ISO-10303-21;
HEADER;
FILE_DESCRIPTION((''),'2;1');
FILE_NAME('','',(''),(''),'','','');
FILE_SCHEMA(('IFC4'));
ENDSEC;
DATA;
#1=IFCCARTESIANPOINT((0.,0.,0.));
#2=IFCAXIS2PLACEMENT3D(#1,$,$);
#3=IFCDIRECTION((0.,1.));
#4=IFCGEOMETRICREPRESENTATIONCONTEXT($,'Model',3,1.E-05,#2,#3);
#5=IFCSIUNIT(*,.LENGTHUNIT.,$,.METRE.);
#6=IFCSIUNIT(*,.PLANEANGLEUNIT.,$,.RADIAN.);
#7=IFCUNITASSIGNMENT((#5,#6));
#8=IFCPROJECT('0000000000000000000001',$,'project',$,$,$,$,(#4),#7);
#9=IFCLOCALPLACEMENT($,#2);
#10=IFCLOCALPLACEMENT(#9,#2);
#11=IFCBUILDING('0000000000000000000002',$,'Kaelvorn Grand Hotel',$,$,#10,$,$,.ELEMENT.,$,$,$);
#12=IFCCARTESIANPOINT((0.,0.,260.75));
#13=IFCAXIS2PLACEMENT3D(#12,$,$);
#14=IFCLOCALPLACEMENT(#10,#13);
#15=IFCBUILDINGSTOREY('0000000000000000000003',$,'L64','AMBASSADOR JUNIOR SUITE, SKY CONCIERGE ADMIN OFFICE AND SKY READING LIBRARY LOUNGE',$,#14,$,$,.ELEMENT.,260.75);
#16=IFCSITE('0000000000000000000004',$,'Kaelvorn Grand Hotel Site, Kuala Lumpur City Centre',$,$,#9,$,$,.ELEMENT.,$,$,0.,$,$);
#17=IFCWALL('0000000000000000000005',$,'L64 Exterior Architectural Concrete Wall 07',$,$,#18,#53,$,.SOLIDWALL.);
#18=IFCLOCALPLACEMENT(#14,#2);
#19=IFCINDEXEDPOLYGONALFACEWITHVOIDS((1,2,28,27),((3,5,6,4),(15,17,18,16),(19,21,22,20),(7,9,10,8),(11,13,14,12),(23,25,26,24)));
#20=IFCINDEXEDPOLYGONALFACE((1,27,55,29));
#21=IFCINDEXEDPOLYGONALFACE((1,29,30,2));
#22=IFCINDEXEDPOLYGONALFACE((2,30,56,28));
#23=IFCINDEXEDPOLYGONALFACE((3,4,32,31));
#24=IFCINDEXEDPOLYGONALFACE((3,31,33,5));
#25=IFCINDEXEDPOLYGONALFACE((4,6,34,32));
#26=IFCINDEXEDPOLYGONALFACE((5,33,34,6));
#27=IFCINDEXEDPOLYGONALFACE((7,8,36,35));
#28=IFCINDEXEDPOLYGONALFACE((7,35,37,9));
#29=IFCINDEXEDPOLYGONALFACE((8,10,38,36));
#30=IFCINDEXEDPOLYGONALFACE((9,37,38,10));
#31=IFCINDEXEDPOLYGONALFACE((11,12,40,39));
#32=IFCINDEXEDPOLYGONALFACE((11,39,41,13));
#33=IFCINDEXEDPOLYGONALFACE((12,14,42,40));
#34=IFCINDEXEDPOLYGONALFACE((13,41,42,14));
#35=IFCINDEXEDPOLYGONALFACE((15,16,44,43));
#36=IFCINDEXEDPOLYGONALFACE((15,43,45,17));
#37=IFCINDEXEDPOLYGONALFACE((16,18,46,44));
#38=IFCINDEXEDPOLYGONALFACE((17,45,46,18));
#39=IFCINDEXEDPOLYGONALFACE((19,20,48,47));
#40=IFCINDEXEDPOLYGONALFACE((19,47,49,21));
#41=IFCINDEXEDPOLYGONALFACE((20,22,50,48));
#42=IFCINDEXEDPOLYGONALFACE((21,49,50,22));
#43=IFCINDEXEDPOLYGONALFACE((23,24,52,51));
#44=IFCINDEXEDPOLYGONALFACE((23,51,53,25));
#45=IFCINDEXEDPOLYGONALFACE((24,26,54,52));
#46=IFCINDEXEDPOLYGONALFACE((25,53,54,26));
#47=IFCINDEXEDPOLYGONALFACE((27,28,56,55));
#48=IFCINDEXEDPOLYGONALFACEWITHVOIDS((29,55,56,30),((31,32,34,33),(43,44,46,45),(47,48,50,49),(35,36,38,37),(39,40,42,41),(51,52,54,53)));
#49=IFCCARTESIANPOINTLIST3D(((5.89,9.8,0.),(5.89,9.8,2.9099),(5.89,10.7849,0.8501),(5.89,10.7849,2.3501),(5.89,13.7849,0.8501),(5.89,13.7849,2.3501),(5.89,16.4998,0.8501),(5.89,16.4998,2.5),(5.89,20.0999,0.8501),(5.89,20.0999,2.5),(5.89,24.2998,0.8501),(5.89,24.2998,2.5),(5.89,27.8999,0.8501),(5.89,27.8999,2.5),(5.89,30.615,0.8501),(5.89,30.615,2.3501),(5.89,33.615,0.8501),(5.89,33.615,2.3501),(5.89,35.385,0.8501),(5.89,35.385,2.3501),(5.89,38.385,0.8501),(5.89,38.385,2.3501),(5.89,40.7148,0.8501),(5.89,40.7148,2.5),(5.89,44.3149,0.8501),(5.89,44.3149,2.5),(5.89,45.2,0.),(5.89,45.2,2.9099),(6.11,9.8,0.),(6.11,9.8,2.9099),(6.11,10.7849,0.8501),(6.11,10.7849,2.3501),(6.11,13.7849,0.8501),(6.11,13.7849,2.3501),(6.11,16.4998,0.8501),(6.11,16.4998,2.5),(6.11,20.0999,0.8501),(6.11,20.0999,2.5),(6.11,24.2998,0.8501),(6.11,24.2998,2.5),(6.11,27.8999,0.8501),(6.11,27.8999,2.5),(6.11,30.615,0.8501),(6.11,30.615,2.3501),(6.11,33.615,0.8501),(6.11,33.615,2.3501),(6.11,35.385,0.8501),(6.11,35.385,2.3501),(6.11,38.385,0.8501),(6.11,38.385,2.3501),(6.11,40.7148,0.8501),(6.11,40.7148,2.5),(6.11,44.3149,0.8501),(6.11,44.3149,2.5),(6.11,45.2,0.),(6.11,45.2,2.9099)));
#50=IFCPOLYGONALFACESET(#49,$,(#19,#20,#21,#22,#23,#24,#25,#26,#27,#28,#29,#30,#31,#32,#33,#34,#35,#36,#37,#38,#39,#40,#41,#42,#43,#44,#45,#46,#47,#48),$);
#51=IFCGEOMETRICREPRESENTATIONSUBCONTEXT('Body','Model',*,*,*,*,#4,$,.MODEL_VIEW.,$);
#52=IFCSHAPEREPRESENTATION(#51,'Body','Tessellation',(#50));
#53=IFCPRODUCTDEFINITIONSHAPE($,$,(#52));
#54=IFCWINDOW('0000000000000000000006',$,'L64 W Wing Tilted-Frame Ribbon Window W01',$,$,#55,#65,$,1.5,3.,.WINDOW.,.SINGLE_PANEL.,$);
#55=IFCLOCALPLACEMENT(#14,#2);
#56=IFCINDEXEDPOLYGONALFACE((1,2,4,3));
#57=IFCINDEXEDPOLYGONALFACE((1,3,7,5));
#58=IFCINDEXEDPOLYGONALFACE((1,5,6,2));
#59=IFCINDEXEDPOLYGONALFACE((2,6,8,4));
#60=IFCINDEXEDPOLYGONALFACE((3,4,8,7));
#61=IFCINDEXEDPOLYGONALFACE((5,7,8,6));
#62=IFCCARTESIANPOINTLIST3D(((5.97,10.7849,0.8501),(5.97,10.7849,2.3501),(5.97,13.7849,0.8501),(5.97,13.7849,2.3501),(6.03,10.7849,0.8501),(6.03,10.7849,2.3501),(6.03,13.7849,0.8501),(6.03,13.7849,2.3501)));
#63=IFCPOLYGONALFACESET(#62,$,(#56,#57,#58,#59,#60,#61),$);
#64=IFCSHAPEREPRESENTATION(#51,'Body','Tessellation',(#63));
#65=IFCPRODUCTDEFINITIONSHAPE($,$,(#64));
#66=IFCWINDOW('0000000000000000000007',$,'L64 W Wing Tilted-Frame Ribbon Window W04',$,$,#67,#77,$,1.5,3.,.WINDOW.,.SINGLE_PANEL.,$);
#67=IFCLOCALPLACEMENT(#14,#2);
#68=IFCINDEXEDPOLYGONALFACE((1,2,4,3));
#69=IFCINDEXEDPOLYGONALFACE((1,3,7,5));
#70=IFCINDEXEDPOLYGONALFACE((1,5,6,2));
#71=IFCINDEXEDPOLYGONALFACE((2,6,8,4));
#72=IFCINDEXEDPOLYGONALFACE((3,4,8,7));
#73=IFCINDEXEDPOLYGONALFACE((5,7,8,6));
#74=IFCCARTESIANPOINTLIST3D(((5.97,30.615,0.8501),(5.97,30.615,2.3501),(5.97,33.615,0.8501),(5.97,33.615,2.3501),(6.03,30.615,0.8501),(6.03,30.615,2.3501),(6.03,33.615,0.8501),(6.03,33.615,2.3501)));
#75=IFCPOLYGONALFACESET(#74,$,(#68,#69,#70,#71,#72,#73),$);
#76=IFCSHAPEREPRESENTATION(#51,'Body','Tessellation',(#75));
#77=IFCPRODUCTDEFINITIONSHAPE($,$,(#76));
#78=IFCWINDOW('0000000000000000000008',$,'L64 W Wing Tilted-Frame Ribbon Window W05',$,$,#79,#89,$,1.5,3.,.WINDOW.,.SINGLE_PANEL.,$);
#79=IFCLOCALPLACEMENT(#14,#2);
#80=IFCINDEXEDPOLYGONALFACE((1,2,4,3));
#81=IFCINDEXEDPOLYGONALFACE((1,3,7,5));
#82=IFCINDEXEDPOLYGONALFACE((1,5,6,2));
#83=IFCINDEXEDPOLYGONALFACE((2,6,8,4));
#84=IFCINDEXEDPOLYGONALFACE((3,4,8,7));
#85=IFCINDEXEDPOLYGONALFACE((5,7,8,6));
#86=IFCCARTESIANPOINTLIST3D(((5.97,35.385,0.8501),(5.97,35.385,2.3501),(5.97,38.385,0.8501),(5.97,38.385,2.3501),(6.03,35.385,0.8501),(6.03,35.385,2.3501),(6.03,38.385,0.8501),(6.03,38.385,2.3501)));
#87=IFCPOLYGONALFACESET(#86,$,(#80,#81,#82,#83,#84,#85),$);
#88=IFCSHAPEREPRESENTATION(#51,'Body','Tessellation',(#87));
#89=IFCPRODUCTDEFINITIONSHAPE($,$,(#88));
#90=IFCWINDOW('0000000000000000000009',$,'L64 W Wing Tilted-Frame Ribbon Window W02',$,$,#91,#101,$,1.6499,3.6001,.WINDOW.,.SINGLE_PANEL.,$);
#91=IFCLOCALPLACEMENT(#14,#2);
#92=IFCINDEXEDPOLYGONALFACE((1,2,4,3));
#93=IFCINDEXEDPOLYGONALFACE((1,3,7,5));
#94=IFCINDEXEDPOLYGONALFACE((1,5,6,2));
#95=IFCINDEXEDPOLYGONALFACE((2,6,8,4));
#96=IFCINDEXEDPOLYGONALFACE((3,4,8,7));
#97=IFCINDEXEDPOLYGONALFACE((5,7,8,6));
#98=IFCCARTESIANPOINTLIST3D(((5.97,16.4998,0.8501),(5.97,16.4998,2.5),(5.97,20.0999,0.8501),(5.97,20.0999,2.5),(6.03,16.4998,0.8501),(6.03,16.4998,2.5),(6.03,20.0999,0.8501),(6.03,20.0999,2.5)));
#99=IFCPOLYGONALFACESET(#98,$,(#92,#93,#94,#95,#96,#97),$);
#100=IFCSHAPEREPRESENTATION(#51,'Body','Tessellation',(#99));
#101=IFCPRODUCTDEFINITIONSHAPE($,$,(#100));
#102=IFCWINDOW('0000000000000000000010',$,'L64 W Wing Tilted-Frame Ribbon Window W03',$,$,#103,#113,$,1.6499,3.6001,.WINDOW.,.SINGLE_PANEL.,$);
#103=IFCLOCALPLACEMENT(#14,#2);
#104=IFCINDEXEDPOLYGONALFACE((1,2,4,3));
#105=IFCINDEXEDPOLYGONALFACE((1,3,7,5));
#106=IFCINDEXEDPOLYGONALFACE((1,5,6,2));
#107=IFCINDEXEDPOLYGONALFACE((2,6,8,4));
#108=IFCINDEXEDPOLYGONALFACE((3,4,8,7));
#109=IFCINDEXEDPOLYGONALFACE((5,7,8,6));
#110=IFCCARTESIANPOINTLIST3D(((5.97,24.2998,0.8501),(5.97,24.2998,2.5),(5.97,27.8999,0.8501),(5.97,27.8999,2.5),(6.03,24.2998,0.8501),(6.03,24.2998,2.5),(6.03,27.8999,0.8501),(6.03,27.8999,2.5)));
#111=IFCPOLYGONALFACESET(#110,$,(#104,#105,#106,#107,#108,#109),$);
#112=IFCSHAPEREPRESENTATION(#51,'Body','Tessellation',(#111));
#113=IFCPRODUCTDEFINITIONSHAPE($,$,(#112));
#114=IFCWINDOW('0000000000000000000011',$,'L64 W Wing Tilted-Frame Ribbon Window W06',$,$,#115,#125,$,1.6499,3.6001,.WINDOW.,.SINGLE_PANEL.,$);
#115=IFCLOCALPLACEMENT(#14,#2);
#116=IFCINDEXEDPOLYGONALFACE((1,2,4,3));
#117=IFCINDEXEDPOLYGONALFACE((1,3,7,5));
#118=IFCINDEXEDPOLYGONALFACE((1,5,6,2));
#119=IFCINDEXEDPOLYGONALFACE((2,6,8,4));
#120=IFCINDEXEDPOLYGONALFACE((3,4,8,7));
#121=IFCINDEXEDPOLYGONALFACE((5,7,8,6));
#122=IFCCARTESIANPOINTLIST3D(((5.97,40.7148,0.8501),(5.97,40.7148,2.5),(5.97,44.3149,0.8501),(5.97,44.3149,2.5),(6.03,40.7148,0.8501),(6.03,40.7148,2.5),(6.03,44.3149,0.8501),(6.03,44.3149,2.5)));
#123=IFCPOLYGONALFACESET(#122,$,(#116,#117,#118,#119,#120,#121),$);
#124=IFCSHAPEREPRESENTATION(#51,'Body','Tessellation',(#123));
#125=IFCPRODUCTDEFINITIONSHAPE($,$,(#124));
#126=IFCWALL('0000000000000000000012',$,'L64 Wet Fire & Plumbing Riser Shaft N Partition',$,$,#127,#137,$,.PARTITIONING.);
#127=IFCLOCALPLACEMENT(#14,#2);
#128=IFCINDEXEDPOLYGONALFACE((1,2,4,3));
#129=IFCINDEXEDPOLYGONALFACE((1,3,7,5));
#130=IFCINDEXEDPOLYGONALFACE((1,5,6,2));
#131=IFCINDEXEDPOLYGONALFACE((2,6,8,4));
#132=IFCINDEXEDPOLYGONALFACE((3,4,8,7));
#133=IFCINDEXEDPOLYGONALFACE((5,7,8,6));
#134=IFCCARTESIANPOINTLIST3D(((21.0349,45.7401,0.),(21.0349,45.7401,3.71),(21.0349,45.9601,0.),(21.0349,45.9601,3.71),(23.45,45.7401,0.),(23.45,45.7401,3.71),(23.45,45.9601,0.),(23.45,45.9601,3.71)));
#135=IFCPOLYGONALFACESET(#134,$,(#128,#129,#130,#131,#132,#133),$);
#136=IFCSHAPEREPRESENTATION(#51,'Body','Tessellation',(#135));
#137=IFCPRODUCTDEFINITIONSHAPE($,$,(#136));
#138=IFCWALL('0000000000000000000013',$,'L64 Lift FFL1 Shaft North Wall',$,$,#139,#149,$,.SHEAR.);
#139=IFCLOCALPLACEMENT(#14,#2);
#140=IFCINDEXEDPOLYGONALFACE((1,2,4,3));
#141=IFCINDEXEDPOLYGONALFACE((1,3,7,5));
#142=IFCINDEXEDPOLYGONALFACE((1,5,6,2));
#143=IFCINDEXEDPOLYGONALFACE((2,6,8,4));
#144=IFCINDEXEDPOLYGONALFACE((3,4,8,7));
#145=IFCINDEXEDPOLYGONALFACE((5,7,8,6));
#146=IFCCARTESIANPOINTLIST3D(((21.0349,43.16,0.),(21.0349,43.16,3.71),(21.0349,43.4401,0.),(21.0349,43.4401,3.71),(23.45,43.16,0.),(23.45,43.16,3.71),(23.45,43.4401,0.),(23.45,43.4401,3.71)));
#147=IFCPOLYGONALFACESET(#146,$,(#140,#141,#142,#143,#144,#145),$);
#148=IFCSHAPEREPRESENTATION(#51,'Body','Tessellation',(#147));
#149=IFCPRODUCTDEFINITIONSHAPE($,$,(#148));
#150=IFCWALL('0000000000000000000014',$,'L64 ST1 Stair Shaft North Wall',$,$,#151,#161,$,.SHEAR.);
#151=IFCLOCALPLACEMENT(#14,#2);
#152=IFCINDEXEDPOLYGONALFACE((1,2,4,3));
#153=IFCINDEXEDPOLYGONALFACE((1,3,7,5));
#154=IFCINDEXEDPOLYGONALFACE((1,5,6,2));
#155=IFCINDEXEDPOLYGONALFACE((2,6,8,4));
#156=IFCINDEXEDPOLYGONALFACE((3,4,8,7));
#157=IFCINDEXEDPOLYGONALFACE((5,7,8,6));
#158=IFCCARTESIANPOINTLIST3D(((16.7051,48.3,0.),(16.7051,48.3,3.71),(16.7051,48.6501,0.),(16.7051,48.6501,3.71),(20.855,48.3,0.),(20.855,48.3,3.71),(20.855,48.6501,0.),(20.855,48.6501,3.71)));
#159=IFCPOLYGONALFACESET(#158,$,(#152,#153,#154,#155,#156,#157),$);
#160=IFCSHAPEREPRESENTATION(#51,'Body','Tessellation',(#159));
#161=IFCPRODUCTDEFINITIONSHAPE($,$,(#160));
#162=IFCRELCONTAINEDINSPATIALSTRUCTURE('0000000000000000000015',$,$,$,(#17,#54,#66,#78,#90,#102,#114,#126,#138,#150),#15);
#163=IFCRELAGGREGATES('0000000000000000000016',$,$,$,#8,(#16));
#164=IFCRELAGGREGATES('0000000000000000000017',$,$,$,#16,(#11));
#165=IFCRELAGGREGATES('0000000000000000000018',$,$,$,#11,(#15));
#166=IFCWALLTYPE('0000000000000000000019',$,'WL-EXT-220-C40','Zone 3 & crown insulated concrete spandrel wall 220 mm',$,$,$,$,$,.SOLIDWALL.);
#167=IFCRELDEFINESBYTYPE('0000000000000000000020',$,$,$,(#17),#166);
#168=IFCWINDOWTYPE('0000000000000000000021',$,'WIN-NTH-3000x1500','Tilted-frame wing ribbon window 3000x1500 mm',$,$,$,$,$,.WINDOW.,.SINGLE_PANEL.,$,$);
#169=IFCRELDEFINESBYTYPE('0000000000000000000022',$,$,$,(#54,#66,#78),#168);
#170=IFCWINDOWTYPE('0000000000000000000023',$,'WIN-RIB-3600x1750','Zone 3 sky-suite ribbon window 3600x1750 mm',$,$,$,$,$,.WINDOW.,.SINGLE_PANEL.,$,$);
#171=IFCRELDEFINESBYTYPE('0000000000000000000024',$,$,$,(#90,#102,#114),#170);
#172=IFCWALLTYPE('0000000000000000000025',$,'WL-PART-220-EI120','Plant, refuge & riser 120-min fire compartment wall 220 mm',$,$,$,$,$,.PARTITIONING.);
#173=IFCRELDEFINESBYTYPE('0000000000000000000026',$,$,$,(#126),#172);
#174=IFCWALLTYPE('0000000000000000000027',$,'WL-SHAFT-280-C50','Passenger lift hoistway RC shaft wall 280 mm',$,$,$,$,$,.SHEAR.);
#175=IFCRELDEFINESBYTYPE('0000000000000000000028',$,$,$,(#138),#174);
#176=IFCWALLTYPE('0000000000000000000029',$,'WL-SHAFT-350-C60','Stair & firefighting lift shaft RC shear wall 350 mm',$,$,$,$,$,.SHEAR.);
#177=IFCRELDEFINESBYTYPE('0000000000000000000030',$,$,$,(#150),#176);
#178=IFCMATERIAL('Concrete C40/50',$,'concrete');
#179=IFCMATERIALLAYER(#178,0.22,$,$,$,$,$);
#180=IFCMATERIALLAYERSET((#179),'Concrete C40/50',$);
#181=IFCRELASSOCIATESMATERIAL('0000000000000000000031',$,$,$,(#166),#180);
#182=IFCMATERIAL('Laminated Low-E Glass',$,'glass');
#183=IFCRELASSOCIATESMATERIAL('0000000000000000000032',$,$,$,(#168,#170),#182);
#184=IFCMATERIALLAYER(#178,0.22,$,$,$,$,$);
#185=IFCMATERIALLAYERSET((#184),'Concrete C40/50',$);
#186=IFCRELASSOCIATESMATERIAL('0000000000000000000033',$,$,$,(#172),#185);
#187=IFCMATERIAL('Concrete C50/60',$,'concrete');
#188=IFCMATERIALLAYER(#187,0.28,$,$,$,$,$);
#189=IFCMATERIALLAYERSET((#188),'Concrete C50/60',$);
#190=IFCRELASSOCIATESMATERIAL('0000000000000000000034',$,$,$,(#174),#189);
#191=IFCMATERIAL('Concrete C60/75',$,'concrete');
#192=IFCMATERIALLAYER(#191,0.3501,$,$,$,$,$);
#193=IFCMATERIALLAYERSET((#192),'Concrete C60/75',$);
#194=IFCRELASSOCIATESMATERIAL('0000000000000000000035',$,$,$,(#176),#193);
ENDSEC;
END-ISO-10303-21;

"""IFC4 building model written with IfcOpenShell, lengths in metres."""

from ifc_helpers import new_model, si_unit, direction, frame, frame_2d, origin, place, context, subcontext, project, spatial, rectangle, extrude, material, layer, layer_set, type_object, element, fill, save


model = new_model("IFC4")

# Units and contexts
model_context = context("Model", 3, precision=1e-05, world=origin(), true_north=direction((0.0, 1.0)))
body_context = subcontext(model_context, "Body", "Model", "MODEL_VIEW")
ifc_project = project(units=[si_unit("LENGTHUNIT", "METRE"), si_unit("PLANEANGLEUNIT", "RADIAN")], contexts=[model_context])

# Site, building, storey
site_placement = place(None, origin())
site = spatial("IfcSite", under=ifc_project, at=site_placement, Name="Kaelvorn Grand Hotel Site, Kuala Lumpur City Centre", CompositionType="ELEMENT", RefElevation=0.0)
building_placement = place(site_placement, origin())
building = spatial("IfcBuilding", under=site, at=building_placement, Name="Kaelvorn Grand Hotel", CompositionType="ELEMENT")
storey_placement = place(building_placement, frame((0.0, 0.0, 260.75)))
storey = spatial("IfcBuildingStorey", under=building, at=storey_placement, Name="L64", Description="AMBASSADOR JUNIOR SUITE, SKY CONCIERGE ADMIN OFFICE AND SKY READING LIBRARY LOUNGE", CompositionType="ELEMENT", Elevation=260.75)

# Shared definitions
ifc_material_1 = material(Name="Concrete C60/75", Category="concrete")
ifc_material_2 = material(Name="Concrete C50/60", Category="concrete")

# Shared definitions
ifc_material_3 = material(Name="Concrete C40/50", Category="concrete")
ifc_layer_1 = layer(ifc_material_3, 0.22)
ifc_layer_set_1 = layer_set([ifc_layer_1], Name="Concrete C40/50")
wall_type_1 = type_object("IfcWallType", Name="WL-EXT-220-C40", Description="Zone 3 & crown insulated concrete spandrel wall 220 mm", PredefinedType="SOLIDWALL", material=ifc_layer_set_1)
ifc_material_4 = material(Name="Laminated Low-E Glass", Category="glass")

# Wall, openings, windows
wall_1_placement = place(storey_placement, frame((6.0, 45.2, 0.0), z_axis=(0.0, 0.0, 1.0), x_axis=(0.0, -1.0, 0.0)))
wall_1 = element("IfcWall", 1, at=wall_1_placement, inside=storey, type_object=wall_type_1, Name="L64 Exterior Architectural Concrete Wall 07", PredefinedType="SOLIDWALL", context=body_context, shape_type="SweptSolid", body=[
    extrude(rectangle(XDim=35.3999, YDim=0.22, at=frame_2d((17.7, 0.0))), origin(), (0.0, 0.0, 1.0), 2.9099),
])
opening_1_placement = place(wall_1_placement, frame((31.415, 0.0, 0.8501)))
opening_1 = element("IfcOpeningElement", 2, at=opening_1_placement, cuts=wall_1, PredefinedType="OPENING", context=body_context, shape_type="SweptSolid", body=[
    extrude(rectangle(XDim=3.0, YDim=1.5, at=frame_2d((1.5, 0.75))), frame((0.0, 0.1201, 0.0), z_axis=(0.0, -1.0, 0.0), x_axis=(1.0, 0.0, 0.0)), (0.0, 0.0, 1.0), 0.24),
])
opening_2_placement = place(wall_1_placement, frame((25.1001, 0.0, 0.8501)))
opening_2 = element("IfcOpeningElement", 3, at=opening_2_placement, cuts=wall_1, PredefinedType="OPENING", context=body_context, shape_type="SweptSolid", body=[
    extrude(rectangle(XDim=3.6001, YDim=1.6499, at=frame_2d((1.8, 0.825))), frame((0.0, 0.1201, 0.0), z_axis=(0.0, -1.0, 0.0), x_axis=(1.0, 0.0, 0.0)), (0.0, 0.0, 1.0), 0.24),
])
opening_3_placement = place(wall_1_placement, frame((17.3, 0.0, 0.8501)))
opening_3 = element("IfcOpeningElement", 4, at=opening_3_placement, cuts=wall_1, PredefinedType="OPENING", context=body_context, shape_type="SweptSolid", body=[
    extrude(rectangle(XDim=3.6001, YDim=1.6499, at=frame_2d((1.8, 0.825))), frame((0.0, 0.1201, 0.0), z_axis=(0.0, -1.0, 0.0), x_axis=(1.0, 0.0, 0.0)), (0.0, 0.0, 1.0), 0.24),
])
opening_4_placement = place(wall_1_placement, frame((11.585, 0.0, 0.8501)))
opening_4 = element("IfcOpeningElement", 5, at=opening_4_placement, cuts=wall_1, PredefinedType="OPENING", context=body_context, shape_type="SweptSolid", body=[
    extrude(rectangle(XDim=3.0, YDim=1.5, at=frame_2d((1.5, 0.75))), frame((0.0, 0.1201, 0.0), z_axis=(0.0, -1.0, 0.0), x_axis=(1.0, 0.0, 0.0)), (0.0, 0.0, 1.0), 0.24),
])
opening_5_placement = place(wall_1_placement, frame((6.8149, 0.0, 0.8501)))
opening_5 = element("IfcOpeningElement", 6, at=opening_5_placement, cuts=wall_1, PredefinedType="OPENING", context=body_context, shape_type="SweptSolid", body=[
    extrude(rectangle(XDim=3.0, YDim=1.5, at=frame_2d((1.5, 0.75))), frame((0.0, 0.1201, 0.0), z_axis=(0.0, -1.0, 0.0), x_axis=(1.0, 0.0, 0.0)), (0.0, 0.0, 1.0), 0.24),
])
opening_6_placement = place(wall_1_placement, frame((0.885, 0.0, 0.8501)))
opening_6 = element("IfcOpeningElement", 7, at=opening_6_placement, cuts=wall_1, PredefinedType="OPENING", context=body_context, shape_type="SweptSolid", body=[
    extrude(rectangle(XDim=3.6001, YDim=1.6499, at=frame_2d((1.8, 0.825))), frame((0.0, 0.1201, 0.0), z_axis=(0.0, -1.0, 0.0), x_axis=(1.0, 0.0, 0.0)), (0.0, 0.0, 1.0), 0.24),
])
window_type_1 = type_object("IfcWindowType", Name="WIN-NTH-3000x1500", Description="Tilted-frame wing ribbon window 3000x1500 mm", PartitioningType="SINGLE_PANEL", PredefinedType="WINDOW", material=ifc_material_4)
window_1_placement = place(opening_1_placement, origin())
window_1 = element("IfcWindow", 8, at=window_1_placement, inside=storey, type_object=window_type_1, Name="L64 W Wing Tilted-Frame Ribbon Window W01", OverallHeight=1.5, OverallWidth=3.0, PartitioningType="SINGLE_PANEL", PredefinedType="WINDOW", context=body_context, shape_type="SweptSolid", body=[
    extrude(rectangle(XDim=3.0, YDim=1.5, at=frame_2d((1.5, 0.75))), frame((0.0, 0.03, 0.0), z_axis=(0.0, -1.0, 0.0), x_axis=(1.0, 0.0, 0.0)), (0.0, 0.0, 1.0), 0.0601),
])
fill(opening_1, window_1)
window_2_placement = place(opening_4_placement, origin())
window_2 = element("IfcWindow", 9, at=window_2_placement, inside=storey, type_object=window_type_1, Name="L64 W Wing Tilted-Frame Ribbon Window W04", OverallHeight=1.5, OverallWidth=3.0, PartitioningType="SINGLE_PANEL", PredefinedType="WINDOW", context=body_context, shape_type="SweptSolid", body=[
    extrude(rectangle(XDim=3.0, YDim=1.5, at=frame_2d((1.5, 0.75))), frame((0.0, 0.03, 0.0), z_axis=(0.0, -1.0, 0.0), x_axis=(1.0, 0.0, 0.0)), (0.0, 0.0, 1.0), 0.0601),
])
fill(opening_4, window_2)
window_3_placement = place(opening_5_placement, origin())
window_3 = element("IfcWindow", 10, at=window_3_placement, inside=storey, type_object=window_type_1, Name="L64 W Wing Tilted-Frame Ribbon Window W05", OverallHeight=1.5, OverallWidth=3.0, PartitioningType="SINGLE_PANEL", PredefinedType="WINDOW", context=body_context, shape_type="SweptSolid", body=[
    extrude(rectangle(XDim=3.0, YDim=1.5, at=frame_2d((1.5, 0.75))), frame((0.0, 0.03, 0.0), z_axis=(0.0, -1.0, 0.0), x_axis=(1.0, 0.0, 0.0)), (0.0, 0.0, 1.0), 0.0601),
])
fill(opening_5, window_3)
window_type_2 = type_object("IfcWindowType", Name="WIN-RIB-3600x1750", Description="Zone 3 sky-suite ribbon window 3600x1750 mm", PartitioningType="SINGLE_PANEL", PredefinedType="WINDOW", material=ifc_material_4)
window_4_placement = place(opening_2_placement, origin())
window_4 = element("IfcWindow", 11, at=window_4_placement, inside=storey, type_object=window_type_2, Name="L64 W Wing Tilted-Frame Ribbon Window W02", OverallHeight=1.6499, OverallWidth=3.6001, PartitioningType="SINGLE_PANEL", PredefinedType="WINDOW", context=body_context, shape_type="SweptSolid", body=[
    extrude(rectangle(XDim=3.6001, YDim=1.6499, at=frame_2d((1.8, 0.825))), frame((0.0, 0.03, 0.0), z_axis=(0.0, -1.0, 0.0), x_axis=(1.0, 0.0, 0.0)), (0.0, 0.0, 1.0), 0.0601),
])
fill(opening_2, window_4)
window_5_placement = place(opening_3_placement, origin())
window_5 = element("IfcWindow", 12, at=window_5_placement, inside=storey, type_object=window_type_2, Name="L64 W Wing Tilted-Frame Ribbon Window W03", OverallHeight=1.6499, OverallWidth=3.6001, PartitioningType="SINGLE_PANEL", PredefinedType="WINDOW", context=body_context, shape_type="SweptSolid", body=[
    extrude(rectangle(XDim=3.6001, YDim=1.6499, at=frame_2d((1.8, 0.825))), frame((0.0, 0.03, 0.0), z_axis=(0.0, -1.0, 0.0), x_axis=(1.0, 0.0, 0.0)), (0.0, 0.0, 1.0), 0.0601),
])
fill(opening_3, window_5)
window_6_placement = place(opening_6_placement, origin())
window_6 = element("IfcWindow", 13, at=window_6_placement, inside=storey, type_object=window_type_2, Name="L64 W Wing Tilted-Frame Ribbon Window W06", OverallHeight=1.6499, OverallWidth=3.6001, PartitioningType="SINGLE_PANEL", PredefinedType="WINDOW", context=body_context, shape_type="SweptSolid", body=[
    extrude(rectangle(XDim=3.6001, YDim=1.6499, at=frame_2d((1.8, 0.825))), frame((0.0, 0.03, 0.0), z_axis=(0.0, -1.0, 0.0), x_axis=(1.0, 0.0, 0.0)), (0.0, 0.0, 1.0), 0.0601),
])
fill(opening_6, window_6)

# Walls
ifc_layer_2 = layer(ifc_material_3, 0.22)
ifc_layer_set_2 = layer_set([ifc_layer_2], Name="Concrete C40/50")
wall_type_2 = type_object("IfcWallType", Name="WL-PART-220-EI120", Description="Plant, refuge & riser 120-min fire compartment wall 220 mm", PredefinedType="PARTITIONING", material=ifc_layer_set_2)
wall_2_placement = place(storey_placement, frame((21.0349, 45.8501, 0.0), z_axis=(0.0, 0.0, 1.0), x_axis=(1.0, 0.0, 0.0)))
element("IfcWall", 14, at=wall_2_placement, inside=storey, type_object=wall_type_2, Name="L64 Wet Fire & Plumbing Riser Shaft N Partition", PredefinedType="PARTITIONING", context=body_context, shape_type="SweptSolid", body=[
    extrude(rectangle(XDim=2.415, YDim=0.22, at=frame_2d((1.2075, 0.0))), origin(), (0.0, 0.0, 1.0), 3.71),
])
ifc_layer_3 = layer(ifc_material_2, 0.28)
ifc_layer_set_3 = layer_set([ifc_layer_3], Name="Concrete C50/60")
wall_type_3 = type_object("IfcWallType", Name="WL-SHAFT-280-C50", Description="Passenger lift hoistway RC shaft wall 280 mm", PredefinedType="SHEAR", material=ifc_layer_set_3)
wall_3_placement = place(storey_placement, frame((21.0349, 43.3, 0.0), z_axis=(0.0, 0.0, 1.0), x_axis=(1.0, 0.0, 0.0)))
element("IfcWall", 15, at=wall_3_placement, inside=storey, type_object=wall_type_3, Name="L64 Lift FFL1 Shaft North Wall", PredefinedType="SHEAR", context=body_context, shape_type="SweptSolid", body=[
    extrude(rectangle(XDim=2.415, YDim=0.28, at=frame_2d((1.2075, 0.0))), origin(), (0.0, 0.0, 1.0), 3.71),
])
ifc_layer_4 = layer(ifc_material_1, 0.3501)
ifc_layer_set_4 = layer_set([ifc_layer_4], Name="Concrete C60/75")
wall_type_4 = type_object("IfcWallType", Name="WL-SHAFT-350-C60", Description="Stair & firefighting lift shaft RC shear wall 350 mm", PredefinedType="SHEAR", material=ifc_layer_set_4)
wall_4_placement = place(storey_placement, frame((16.7051, 48.4751, 0.0), z_axis=(0.0, 0.0, 1.0), x_axis=(1.0, 0.0, 0.0)))
element("IfcWall", 16, at=wall_4_placement, inside=storey, type_object=wall_type_4, Name="L64 ST1 Stair Shaft North Wall", PredefinedType="SHEAR", context=body_context, shape_type="SweptSolid", body=[
    extrude(rectangle(XDim=4.1499, YDim=0.3501, at=frame_2d((2.075, 0.0))), origin(), (0.0, 0.0, 1.0), 3.71),
])

save(model, "model.ifc")
